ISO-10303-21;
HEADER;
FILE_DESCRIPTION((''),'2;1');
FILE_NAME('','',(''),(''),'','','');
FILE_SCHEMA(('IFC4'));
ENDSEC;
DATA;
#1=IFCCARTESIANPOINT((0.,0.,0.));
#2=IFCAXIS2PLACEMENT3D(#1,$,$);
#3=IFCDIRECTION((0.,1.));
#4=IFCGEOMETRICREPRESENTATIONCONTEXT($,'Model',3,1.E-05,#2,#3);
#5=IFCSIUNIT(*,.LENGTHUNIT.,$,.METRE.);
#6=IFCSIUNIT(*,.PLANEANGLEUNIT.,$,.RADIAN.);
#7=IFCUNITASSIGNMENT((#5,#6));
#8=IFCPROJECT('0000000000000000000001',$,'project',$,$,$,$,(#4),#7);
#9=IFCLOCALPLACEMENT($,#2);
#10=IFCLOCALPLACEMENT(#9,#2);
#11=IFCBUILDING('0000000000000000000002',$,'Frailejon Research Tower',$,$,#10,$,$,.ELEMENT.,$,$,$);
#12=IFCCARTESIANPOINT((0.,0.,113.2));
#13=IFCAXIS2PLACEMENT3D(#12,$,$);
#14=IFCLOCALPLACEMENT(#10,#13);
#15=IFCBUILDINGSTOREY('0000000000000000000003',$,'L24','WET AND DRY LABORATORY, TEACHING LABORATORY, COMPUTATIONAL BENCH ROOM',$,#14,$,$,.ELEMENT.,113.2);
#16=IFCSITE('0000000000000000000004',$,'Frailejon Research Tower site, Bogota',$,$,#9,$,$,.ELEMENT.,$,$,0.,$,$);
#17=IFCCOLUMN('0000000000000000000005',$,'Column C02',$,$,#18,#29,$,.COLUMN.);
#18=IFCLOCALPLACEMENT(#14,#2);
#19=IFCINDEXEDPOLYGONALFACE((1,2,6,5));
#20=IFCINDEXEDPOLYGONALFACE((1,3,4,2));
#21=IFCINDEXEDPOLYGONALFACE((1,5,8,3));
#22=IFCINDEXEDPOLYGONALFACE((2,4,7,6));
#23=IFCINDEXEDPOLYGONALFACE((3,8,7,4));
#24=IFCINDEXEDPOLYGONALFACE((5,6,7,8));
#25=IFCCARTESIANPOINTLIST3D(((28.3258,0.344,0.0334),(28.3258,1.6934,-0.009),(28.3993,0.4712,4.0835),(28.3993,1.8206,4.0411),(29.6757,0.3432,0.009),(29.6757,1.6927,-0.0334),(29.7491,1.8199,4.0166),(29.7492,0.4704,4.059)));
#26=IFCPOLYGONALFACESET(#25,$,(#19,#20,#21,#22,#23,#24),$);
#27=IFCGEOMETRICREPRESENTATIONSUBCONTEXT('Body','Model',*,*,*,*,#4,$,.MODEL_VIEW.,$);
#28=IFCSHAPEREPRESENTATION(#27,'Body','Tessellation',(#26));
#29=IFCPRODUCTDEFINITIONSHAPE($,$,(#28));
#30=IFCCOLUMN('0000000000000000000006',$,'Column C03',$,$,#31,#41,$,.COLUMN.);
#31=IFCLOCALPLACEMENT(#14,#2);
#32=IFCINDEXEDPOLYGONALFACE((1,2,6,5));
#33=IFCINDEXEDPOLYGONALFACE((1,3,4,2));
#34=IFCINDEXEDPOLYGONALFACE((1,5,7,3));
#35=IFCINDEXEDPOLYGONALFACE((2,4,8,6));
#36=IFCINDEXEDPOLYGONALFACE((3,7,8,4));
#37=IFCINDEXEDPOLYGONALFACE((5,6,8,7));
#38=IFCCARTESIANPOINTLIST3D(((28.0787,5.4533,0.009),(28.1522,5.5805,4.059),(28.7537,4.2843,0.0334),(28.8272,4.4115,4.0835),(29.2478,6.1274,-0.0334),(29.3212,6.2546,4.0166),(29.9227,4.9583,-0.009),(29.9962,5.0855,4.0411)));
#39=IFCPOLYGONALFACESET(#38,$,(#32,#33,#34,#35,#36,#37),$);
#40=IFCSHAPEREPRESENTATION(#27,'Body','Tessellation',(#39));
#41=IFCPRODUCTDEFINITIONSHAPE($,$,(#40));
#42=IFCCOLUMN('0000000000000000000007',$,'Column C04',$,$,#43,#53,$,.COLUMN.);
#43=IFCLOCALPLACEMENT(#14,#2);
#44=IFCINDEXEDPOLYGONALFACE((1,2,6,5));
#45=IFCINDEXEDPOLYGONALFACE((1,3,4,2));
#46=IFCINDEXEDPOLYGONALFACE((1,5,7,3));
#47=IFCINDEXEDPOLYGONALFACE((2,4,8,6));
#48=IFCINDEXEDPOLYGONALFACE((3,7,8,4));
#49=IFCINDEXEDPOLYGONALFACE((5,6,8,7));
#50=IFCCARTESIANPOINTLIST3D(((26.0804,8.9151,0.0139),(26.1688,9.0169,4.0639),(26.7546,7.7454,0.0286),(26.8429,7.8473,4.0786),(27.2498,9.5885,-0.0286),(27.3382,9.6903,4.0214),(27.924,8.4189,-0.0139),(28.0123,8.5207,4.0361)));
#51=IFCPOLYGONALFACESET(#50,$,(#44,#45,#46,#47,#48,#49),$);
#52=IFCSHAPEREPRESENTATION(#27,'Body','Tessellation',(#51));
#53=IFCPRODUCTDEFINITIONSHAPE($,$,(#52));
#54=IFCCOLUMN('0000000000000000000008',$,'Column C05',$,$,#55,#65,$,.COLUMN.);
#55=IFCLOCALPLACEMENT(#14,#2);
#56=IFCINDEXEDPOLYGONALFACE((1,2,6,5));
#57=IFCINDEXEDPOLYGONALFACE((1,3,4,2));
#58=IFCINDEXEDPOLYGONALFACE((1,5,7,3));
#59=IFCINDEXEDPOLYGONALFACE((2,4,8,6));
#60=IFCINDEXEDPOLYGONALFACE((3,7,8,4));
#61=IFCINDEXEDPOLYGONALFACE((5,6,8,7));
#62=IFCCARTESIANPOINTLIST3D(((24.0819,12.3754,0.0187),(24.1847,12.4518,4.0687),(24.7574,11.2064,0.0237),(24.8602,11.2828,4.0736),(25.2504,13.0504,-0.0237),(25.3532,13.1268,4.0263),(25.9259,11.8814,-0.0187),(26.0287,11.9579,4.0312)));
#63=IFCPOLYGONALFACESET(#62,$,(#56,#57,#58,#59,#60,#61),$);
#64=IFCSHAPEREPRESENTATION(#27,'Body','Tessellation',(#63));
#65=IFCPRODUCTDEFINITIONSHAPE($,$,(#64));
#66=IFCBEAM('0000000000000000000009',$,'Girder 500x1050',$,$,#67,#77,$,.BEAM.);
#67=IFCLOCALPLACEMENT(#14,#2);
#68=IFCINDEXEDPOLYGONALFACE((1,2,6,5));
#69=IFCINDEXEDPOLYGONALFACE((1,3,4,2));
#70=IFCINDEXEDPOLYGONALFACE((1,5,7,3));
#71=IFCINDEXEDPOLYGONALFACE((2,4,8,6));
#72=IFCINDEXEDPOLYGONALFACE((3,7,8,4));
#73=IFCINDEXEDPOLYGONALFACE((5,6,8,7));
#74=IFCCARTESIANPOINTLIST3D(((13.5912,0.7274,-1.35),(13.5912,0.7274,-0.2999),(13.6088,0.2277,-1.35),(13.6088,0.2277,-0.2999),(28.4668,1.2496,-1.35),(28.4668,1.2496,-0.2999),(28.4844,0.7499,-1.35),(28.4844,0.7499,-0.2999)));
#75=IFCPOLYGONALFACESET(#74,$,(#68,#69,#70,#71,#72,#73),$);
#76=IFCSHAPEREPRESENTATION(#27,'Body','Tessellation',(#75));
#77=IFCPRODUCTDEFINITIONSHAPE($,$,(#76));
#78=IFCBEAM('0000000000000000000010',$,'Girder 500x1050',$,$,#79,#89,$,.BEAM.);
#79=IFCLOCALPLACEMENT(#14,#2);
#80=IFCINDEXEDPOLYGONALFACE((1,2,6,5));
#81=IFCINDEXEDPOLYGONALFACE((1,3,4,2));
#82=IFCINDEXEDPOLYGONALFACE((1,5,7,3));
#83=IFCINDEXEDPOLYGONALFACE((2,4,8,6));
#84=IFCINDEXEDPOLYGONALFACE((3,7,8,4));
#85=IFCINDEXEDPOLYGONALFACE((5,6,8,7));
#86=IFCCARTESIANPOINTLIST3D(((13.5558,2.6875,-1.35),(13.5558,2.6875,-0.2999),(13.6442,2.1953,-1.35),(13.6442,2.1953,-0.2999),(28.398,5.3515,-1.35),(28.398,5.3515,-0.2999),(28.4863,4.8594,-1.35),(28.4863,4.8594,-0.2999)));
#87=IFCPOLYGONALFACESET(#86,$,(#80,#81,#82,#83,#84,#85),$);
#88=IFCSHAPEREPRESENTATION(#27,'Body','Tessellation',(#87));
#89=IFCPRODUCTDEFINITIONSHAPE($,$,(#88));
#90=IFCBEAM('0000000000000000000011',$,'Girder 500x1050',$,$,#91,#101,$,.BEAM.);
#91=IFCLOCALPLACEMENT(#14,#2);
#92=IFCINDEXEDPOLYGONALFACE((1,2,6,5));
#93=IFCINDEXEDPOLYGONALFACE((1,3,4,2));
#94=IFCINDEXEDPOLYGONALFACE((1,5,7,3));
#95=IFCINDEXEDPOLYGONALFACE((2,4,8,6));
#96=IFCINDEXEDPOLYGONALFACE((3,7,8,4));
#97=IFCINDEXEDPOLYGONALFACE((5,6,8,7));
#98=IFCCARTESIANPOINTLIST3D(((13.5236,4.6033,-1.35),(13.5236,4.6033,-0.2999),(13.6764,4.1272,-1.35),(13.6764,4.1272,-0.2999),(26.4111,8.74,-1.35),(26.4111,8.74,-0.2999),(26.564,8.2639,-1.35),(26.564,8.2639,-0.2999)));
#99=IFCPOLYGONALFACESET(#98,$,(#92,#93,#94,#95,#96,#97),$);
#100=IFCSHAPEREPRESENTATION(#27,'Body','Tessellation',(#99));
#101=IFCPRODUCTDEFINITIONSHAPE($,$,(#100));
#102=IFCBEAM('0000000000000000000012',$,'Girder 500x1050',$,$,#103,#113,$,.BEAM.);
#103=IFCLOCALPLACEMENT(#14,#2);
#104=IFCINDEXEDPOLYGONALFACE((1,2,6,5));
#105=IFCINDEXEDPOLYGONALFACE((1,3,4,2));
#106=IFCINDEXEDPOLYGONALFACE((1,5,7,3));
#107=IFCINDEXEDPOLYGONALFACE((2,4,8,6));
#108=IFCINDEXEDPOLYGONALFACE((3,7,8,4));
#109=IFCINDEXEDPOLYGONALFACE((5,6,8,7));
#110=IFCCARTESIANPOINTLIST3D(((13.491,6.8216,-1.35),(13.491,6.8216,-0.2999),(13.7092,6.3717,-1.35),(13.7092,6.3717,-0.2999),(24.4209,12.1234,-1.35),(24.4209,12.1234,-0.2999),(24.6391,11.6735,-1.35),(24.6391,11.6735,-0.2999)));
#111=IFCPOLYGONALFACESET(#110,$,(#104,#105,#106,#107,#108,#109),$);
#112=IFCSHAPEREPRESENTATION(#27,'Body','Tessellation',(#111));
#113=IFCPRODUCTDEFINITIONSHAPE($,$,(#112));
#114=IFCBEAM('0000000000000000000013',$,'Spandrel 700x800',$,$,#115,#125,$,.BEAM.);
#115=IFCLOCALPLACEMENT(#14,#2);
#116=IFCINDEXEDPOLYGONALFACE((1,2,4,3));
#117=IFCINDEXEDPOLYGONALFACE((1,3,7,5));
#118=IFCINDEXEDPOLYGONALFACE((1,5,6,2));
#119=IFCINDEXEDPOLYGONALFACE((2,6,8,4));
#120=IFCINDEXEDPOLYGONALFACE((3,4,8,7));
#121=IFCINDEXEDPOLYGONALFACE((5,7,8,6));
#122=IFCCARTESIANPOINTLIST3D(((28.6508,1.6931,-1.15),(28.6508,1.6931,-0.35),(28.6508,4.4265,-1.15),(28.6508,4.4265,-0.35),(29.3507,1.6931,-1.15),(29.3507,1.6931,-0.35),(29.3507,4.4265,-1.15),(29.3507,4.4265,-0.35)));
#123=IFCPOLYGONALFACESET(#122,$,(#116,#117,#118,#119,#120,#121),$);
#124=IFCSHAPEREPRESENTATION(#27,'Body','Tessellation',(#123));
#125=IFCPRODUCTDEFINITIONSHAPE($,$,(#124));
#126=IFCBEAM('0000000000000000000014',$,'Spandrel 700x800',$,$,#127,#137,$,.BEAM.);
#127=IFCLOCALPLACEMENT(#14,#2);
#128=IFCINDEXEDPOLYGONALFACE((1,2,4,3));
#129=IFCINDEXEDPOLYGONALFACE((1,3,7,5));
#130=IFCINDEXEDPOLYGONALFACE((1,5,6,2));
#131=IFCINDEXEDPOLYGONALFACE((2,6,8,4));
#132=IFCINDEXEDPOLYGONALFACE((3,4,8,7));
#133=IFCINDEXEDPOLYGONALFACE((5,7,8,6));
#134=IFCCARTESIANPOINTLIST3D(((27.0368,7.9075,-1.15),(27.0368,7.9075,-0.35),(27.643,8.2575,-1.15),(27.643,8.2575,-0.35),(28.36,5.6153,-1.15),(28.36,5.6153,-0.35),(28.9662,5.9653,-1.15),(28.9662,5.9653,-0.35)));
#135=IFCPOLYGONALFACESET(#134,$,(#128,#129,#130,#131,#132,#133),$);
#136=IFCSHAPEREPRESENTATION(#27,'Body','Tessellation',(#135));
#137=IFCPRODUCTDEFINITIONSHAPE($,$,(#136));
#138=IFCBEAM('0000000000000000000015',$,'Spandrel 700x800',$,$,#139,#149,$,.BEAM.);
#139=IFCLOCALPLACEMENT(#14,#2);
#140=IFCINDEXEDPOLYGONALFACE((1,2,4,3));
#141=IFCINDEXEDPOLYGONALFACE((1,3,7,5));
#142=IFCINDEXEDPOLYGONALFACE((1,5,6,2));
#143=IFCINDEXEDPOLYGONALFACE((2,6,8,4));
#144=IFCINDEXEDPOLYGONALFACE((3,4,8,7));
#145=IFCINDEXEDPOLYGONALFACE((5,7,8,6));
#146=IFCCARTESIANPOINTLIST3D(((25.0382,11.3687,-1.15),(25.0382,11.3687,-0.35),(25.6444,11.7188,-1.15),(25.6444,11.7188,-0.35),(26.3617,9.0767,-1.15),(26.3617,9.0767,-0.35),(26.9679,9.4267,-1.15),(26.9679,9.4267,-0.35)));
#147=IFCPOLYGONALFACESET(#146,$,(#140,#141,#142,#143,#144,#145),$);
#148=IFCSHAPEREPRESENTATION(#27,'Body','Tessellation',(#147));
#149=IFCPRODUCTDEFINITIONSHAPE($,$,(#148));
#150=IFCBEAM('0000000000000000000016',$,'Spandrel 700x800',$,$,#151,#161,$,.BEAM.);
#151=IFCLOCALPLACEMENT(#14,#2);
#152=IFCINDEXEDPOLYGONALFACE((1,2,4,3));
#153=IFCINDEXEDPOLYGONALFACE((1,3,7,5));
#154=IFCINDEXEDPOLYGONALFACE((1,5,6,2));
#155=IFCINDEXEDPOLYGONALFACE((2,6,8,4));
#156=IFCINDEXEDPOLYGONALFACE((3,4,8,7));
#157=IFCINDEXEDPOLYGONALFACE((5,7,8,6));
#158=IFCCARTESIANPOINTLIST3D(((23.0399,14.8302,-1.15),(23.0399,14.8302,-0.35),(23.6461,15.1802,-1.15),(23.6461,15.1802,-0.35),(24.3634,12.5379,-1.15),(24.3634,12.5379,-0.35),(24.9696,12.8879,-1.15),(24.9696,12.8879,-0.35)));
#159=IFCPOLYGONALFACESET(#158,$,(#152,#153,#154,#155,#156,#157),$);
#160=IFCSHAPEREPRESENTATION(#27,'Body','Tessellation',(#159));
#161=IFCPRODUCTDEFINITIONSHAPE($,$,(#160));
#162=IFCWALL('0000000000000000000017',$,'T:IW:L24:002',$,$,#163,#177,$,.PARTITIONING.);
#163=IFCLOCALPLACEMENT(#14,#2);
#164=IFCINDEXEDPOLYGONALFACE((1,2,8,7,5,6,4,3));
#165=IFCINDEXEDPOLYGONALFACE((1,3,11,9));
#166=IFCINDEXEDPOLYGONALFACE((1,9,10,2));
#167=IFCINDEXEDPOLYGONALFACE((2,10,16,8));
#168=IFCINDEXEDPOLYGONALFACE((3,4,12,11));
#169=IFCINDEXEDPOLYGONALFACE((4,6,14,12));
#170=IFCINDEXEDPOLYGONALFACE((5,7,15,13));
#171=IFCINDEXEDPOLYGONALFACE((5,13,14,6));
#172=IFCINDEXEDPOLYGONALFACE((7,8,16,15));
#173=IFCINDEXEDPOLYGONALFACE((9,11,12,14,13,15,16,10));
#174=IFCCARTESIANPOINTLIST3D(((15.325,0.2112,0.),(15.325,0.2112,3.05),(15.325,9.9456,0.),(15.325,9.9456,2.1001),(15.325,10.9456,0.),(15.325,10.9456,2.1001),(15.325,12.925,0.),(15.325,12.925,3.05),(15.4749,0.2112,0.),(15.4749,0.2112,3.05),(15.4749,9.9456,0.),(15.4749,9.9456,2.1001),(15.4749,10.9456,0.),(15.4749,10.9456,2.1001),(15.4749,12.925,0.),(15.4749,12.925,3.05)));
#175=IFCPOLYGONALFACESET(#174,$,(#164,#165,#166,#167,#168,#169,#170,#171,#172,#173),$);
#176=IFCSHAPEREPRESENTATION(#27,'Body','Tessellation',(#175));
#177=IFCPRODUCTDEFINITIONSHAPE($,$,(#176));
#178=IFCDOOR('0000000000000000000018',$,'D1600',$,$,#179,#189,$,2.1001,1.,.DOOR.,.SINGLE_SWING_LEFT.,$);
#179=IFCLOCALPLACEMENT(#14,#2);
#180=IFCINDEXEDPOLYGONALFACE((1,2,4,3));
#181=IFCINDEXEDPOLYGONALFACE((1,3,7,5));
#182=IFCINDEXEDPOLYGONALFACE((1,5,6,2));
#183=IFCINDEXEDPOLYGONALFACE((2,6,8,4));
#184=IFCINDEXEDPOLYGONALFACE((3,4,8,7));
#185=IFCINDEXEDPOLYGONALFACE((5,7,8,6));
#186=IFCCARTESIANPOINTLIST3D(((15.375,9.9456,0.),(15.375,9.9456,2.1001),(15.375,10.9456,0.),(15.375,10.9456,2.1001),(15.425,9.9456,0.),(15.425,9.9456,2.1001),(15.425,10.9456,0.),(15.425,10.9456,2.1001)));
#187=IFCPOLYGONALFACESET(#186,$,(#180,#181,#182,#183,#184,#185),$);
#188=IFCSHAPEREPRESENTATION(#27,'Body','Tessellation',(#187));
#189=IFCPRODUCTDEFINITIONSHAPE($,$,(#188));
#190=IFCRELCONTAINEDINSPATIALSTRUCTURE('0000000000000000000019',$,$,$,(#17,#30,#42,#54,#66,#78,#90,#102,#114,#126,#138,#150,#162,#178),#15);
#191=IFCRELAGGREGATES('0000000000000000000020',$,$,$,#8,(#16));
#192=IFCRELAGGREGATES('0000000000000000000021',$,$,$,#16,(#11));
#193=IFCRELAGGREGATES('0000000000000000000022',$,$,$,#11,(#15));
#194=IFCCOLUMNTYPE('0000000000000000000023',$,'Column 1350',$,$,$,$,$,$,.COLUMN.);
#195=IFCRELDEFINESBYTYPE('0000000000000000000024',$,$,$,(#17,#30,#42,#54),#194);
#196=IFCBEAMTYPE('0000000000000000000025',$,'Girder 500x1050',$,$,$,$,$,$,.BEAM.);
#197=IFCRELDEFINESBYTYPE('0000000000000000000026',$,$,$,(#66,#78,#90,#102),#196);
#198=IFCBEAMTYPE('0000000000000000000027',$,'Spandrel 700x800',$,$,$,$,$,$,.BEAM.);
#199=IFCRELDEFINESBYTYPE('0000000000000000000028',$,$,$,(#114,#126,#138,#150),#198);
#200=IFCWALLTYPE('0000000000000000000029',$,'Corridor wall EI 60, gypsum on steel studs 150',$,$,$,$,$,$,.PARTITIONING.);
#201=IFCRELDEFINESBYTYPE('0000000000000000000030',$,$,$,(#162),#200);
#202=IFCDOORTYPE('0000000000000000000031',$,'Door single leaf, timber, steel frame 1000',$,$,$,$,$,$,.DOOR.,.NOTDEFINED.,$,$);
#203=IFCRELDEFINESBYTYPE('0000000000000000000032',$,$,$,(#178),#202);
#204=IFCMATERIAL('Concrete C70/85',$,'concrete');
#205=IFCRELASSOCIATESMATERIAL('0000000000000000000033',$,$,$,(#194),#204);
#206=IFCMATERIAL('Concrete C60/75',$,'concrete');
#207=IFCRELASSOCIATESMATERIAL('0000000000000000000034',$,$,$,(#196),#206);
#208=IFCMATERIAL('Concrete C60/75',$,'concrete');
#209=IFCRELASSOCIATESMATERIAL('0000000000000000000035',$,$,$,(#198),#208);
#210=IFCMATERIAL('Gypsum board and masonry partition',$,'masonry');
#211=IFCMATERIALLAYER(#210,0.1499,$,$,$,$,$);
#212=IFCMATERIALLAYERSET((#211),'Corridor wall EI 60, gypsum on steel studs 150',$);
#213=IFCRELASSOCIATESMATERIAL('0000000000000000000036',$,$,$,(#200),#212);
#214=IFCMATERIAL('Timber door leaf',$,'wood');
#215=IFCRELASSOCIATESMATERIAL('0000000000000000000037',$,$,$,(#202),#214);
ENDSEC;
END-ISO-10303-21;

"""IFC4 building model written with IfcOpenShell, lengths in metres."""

from ifc_helpers import new_model, si_unit, direction, frame, frame_2d, origin, origin_2d, place, context, subcontext, project, spatial, rectangle, extrude, material, layer, layer_set, material_profile, profile_set, type_object, element, fill, save


model = new_model("IFC4")

# Units and contexts
model_context = context("Model", 3, precision=1e-05, world=origin(), true_north=direction((0.0, 1.0)))
body_context = subcontext(model_context, "Body", "Model", "MODEL_VIEW")
ifc_project = project(units=[si_unit("LENGTHUNIT", "METRE"), si_unit("PLANEANGLEUNIT", "RADIAN")], contexts=[model_context])

# Site, building, storey
site_placement = place(None, origin())
site = spatial("IfcSite", under=ifc_project, at=site_placement, Name="Frailejon Research Tower site, Bogota", CompositionType="ELEMENT", RefElevation=0.0)
building_placement = place(site_placement, origin())
building = spatial("IfcBuilding", under=site, at=building_placement, Name="Frailejon Research Tower", CompositionType="ELEMENT")
storey_placement = place(building_placement, frame((0.0, 0.0, 113.2)))
storey = spatial("IfcBuildingStorey", under=building, at=storey_placement, Name="L24", Description="WET AND DRY LABORATORY, TEACHING LABORATORY, COMPUTATIONAL BENCH ROOM", CompositionType="ELEMENT", Elevation=113.2)

# Columns
ifc_material_1 = material(Name="Concrete C70/85", Category="concrete")
ifc_material_profile_1 = material_profile(ifc_material_1, rectangle(XDim=1.3501, YDim=1.3501, at=origin_2d()), Name="Column 1350")
ifc_profile_set_1 = profile_set([ifc_material_profile_1], Name="Concrete C70/85")
column_type = type_object("IfcColumnType", Name="Column 1350", PredefinedType="COLUMN", material=ifc_profile_set_1)
for number, where, z_axis, x_axis, name in (
    (1, (29.0007, 1.0183, 0.0), (0.018133, 0.031386, 0.999343), (-0.000022, 0.999507, -0.03139), "Column C02"),
    (2, (29.0007, 5.2058, 0.0), (0.018133, 0.031386, 0.999343), (-0.499939, 0.865871, -0.018123), "Column C03"),
):
    element("IfcColumn", number, at=place(storey_placement, frame(where, z_axis=z_axis, x_axis=x_axis)), inside=storey, type_object=column_type, Name=name, PredefinedType="COLUMN", context=body_context, shape_type="SweptSolid", body=[
        extrude(rectangle(XDim=1.3501, YDim=1.3501, at=origin_2d()), origin(), (0.0, 0.0, 1.0), 4.0527),
    ])
column_1_placement = place(storey_placement, frame((27.0022, 8.667, 0.0), z_axis=(0.02181, 0.025123, 0.999446), x_axis=(-0.499317, 0.866351, -0.010882)))
element("IfcColumn", 3, at=column_1_placement, inside=storey, type_object=column_type, Name="Column C04", PredefinedType="COLUMN", context=body_context, shape_type="SweptSolid", body=[
    extrude(rectangle(XDim=1.3501, YDim=1.3501, at=origin_2d()), origin(), (0.0, 0.0, 1.0), 4.0522),
])
column_2_placement = place(storey_placement, frame((25.0039, 12.1284, 0.0), z_axis=(0.025366, 0.018858, 0.9995), x_axis=(-0.500322, 0.865832, -0.003639)))
element("IfcColumn", 4, at=column_2_placement, inside=storey, type_object=column_type, Name="Column C05", PredefinedType="COLUMN", context=body_context, shape_type="SweptSolid", body=[
    extrude(rectangle(XDim=1.3501, YDim=1.3501, at=origin_2d()), origin(), (0.0, 0.0, 1.0), 4.052),
])

# Beams
ifc_material_2 = material(Name="Concrete C60/75", Category="concrete")
ifc_material_profile_2 = material_profile(ifc_material_2, rectangle(XDim=0.5, YDim=1.05, at=origin_2d()), Name="Girder 500x1050")
ifc_profile_set_2 = profile_set([ifc_material_profile_2], Name="Concrete C60/75")
beam_type_1 = type_object("IfcBeamType", Name="Girder 500x1050", PredefinedType="BEAM", material=ifc_profile_set_2)
beam_1_placement = place(storey_placement, frame((28.4756, 0.9998, -0.825), z_axis=(-0.999384, -0.035084, 0.0), x_axis=(0.035084, -0.999384, 0.0)))
element("IfcBeam", 5, at=beam_1_placement, inside=storey, type_object=beam_type_1, Name="Girder 500x1050", PredefinedType="BEAM", context=body_context, shape_type="SweptSolid", body=[
    extrude(rectangle(XDim=0.5, YDim=1.05, at=origin_2d()), origin(), (0.0, 0.0, 1.0), 14.8848),
])
beam_2_placement = place(storey_placement, frame((28.4421, 5.1055, -0.825), z_axis=(-0.98427, -0.176671, 0.0), x_axis=(0.176671, -0.98427, 0.0)))
element("IfcBeam", 6, at=beam_2_placement, inside=storey, type_object=beam_type_1, Name="Girder 500x1050", PredefinedType="BEAM", context=body_context, shape_type="SweptSolid", body=[
    extrude(rectangle(XDim=0.5, YDim=1.05, at=origin_2d()), origin(), (0.0, 0.0, 1.0), 15.0793),
])
beam_3_placement = place(storey_placement, frame((26.4875, 8.502, -0.825), z_axis=(-0.952151, -0.305629, 0.0), x_axis=(0.305629, -0.952151, 0.0)))
element("IfcBeam", 7, at=beam_3_placement, inside=storey, type_object=beam_type_1, Name="Girder 500x1050", PredefinedType="BEAM", context=body_context, shape_type="SweptSolid", body=[
    extrude(rectangle(XDim=0.5, YDim=1.05, at=origin_2d()), origin(), (0.0, 0.0, 1.0), 13.5352),
])
beam_4_placement = place(storey_placement, frame((24.53, 11.8984, -0.825), z_axis=(-0.899737, -0.436433, 0.0), x_axis=(0.436433, -0.899737, 0.0)))
element("IfcBeam", 8, at=beam_4_placement, inside=storey, type_object=beam_type_1, Name="Girder 500x1050", PredefinedType="BEAM", context=body_context, shape_type="SweptSolid", body=[
    extrude(rectangle(XDim=0.5, YDim=1.05, at=origin_2d()), origin(), (0.0, 0.0, 1.0), 12.1479),
])
ifc_material_3 = material(Name="Concrete C60/75", Category="concrete")
ifc_material_profile_3 = material_profile(ifc_material_3, rectangle(XDim=0.7, YDim=0.8, at=origin_2d()), Name="Spandrel 700x800")
ifc_profile_set_3 = profile_set([ifc_material_profile_3], Name="Concrete C60/75")
beam_type_2 = type_object("IfcBeamType", Name="Spandrel 700x800", PredefinedType="BEAM", material=ifc_profile_set_3)
beam_5_placement = place(storey_placement, frame((29.0007, 1.6931, -0.75), z_axis=(0.0, 1.0, 0.0), x_axis=(-1.0, 0.0, 0.0)))
element("IfcBeam", 9, at=beam_5_placement, inside=storey, type_object=beam_type_2, Name="Spandrel 700x800", PredefinedType="BEAM", context=body_context, shape_type="SweptSolid", body=[
    extrude(rectangle(XDim=0.7, YDim=0.8, at=origin_2d()), origin(), (0.0, 0.0, 1.0), 2.7334),
])
for number, where, z_axis, x_axis, name in (
    (10, (28.6631, 5.7903, -0.75), (-0.499949, 0.866055, 0.0), (-0.866055, -0.499949, 0.0), "Spandrel 700x800"),
    (11, (26.6648, 9.2517, -0.75), (-0.500058, 0.865992, 0.0), (-0.865992, -0.500058, 0.0), "Spandrel 700x800"),
):
    element("IfcBeam", number, at=place(storey_placement, frame(where, z_axis=z_axis, x_axis=x_axis)), inside=storey, type_object=beam_type_2, Name=name, PredefinedType="BEAM", context=body_context, shape_type="SweptSolid", body=[
        extrude(rectangle(XDim=0.7, YDim=0.8, at=origin_2d()), origin(), (0.0, 0.0, 1.0), 2.6467),
    ])
beam_6_placement = place(storey_placement, frame((24.6665, 12.7129, -0.75), z_axis=(-0.500018, 0.866015, 0.0), x_axis=(-0.866015, -0.500018, 0.0)))
element("IfcBeam", 12, at=beam_6_placement, inside=storey, type_object=beam_type_2, Name="Spandrel 700x800", PredefinedType="BEAM", context=body_context, shape_type="SweptSolid", body=[
    extrude(rectangle(XDim=0.7, YDim=0.8, at=origin_2d()), origin(), (0.0, 0.0, 1.0), 2.647),
])

# Wall, opening, door
ifc_material_4 = material(Name="Gypsum board and masonry partition", Category="masonry")
ifc_layer_1 = layer(ifc_material_4, 0.1499)
ifc_layer_set_1 = layer_set([ifc_layer_1], Name="Corridor wall EI 60, gypsum on steel studs 150")
wall_type_1 = type_object("IfcWallType", Name="Corridor wall EI 60, gypsum on steel studs 150", PredefinedType="PARTITIONING", material=ifc_layer_set_1)
wall_1_placement = place(storey_placement, frame((15.3999, 0.2112, 0.0), z_axis=(0.0, 0.0, 1.0), x_axis=(0.0, 1.0, 0.0)))
wall_1 = element("IfcWall", 13, at=wall_1_placement, inside=storey, type_object=wall_type_1, Name="T:IW:L24:002", PredefinedType="PARTITIONING", context=body_context, shape_type="SweptSolid", body=[
    extrude(rectangle(XDim=12.7139, YDim=0.1499, at=frame_2d((6.3569, 0.0))), origin(), (0.0, 0.0, 1.0), 3.05),
])
opening_1_placement = place(wall_1_placement, frame((9.7344, 0.0, 0.0)))
opening_1 = element("IfcOpeningElement", 14, at=opening_1_placement, cuts=wall_1, PredefinedType="OPENING", context=body_context, shape_type="SweptSolid", body=[
    extrude(rectangle(XDim=1.0, YDim=2.1001, at=frame_2d((0.5, 1.05))), frame((0.0, 0.085, 0.0), z_axis=(0.0, -1.0, 0.0), x_axis=(1.0, 0.0, 0.0)), (0.0, 0.0, 1.0), 0.1699),
])
ifc_material_5 = material(Name="Timber door leaf", Category="wood")
door_type_1 = type_object("IfcDoorType", Name="Door single leaf, timber, steel frame 1000", OperationType="NOTDEFINED", PredefinedType="DOOR", material=ifc_material_5)
door_1_placement = place(opening_1_placement, origin())
door_1 = element("IfcDoor", 15, at=door_1_placement, inside=storey, type_object=door_type_1, Name="D1600", OperationType="SINGLE_SWING_LEFT", OverallHeight=2.1001, OverallWidth=1.0, PredefinedType="DOOR", context=body_context, shape_type="SweptSolid", body=[
    extrude(rectangle(XDim=1.0, YDim=2.1001, at=frame_2d((0.5, 1.05))), frame((0.0, 0.0249, 0.0), z_axis=(0.0, -1.0, 0.0), x_axis=(1.0, 0.0, 0.0)), (0.0, 0.0, 1.0), 0.05),
])
fill(opening_1, door_1)

save(model, "model.ifc")
